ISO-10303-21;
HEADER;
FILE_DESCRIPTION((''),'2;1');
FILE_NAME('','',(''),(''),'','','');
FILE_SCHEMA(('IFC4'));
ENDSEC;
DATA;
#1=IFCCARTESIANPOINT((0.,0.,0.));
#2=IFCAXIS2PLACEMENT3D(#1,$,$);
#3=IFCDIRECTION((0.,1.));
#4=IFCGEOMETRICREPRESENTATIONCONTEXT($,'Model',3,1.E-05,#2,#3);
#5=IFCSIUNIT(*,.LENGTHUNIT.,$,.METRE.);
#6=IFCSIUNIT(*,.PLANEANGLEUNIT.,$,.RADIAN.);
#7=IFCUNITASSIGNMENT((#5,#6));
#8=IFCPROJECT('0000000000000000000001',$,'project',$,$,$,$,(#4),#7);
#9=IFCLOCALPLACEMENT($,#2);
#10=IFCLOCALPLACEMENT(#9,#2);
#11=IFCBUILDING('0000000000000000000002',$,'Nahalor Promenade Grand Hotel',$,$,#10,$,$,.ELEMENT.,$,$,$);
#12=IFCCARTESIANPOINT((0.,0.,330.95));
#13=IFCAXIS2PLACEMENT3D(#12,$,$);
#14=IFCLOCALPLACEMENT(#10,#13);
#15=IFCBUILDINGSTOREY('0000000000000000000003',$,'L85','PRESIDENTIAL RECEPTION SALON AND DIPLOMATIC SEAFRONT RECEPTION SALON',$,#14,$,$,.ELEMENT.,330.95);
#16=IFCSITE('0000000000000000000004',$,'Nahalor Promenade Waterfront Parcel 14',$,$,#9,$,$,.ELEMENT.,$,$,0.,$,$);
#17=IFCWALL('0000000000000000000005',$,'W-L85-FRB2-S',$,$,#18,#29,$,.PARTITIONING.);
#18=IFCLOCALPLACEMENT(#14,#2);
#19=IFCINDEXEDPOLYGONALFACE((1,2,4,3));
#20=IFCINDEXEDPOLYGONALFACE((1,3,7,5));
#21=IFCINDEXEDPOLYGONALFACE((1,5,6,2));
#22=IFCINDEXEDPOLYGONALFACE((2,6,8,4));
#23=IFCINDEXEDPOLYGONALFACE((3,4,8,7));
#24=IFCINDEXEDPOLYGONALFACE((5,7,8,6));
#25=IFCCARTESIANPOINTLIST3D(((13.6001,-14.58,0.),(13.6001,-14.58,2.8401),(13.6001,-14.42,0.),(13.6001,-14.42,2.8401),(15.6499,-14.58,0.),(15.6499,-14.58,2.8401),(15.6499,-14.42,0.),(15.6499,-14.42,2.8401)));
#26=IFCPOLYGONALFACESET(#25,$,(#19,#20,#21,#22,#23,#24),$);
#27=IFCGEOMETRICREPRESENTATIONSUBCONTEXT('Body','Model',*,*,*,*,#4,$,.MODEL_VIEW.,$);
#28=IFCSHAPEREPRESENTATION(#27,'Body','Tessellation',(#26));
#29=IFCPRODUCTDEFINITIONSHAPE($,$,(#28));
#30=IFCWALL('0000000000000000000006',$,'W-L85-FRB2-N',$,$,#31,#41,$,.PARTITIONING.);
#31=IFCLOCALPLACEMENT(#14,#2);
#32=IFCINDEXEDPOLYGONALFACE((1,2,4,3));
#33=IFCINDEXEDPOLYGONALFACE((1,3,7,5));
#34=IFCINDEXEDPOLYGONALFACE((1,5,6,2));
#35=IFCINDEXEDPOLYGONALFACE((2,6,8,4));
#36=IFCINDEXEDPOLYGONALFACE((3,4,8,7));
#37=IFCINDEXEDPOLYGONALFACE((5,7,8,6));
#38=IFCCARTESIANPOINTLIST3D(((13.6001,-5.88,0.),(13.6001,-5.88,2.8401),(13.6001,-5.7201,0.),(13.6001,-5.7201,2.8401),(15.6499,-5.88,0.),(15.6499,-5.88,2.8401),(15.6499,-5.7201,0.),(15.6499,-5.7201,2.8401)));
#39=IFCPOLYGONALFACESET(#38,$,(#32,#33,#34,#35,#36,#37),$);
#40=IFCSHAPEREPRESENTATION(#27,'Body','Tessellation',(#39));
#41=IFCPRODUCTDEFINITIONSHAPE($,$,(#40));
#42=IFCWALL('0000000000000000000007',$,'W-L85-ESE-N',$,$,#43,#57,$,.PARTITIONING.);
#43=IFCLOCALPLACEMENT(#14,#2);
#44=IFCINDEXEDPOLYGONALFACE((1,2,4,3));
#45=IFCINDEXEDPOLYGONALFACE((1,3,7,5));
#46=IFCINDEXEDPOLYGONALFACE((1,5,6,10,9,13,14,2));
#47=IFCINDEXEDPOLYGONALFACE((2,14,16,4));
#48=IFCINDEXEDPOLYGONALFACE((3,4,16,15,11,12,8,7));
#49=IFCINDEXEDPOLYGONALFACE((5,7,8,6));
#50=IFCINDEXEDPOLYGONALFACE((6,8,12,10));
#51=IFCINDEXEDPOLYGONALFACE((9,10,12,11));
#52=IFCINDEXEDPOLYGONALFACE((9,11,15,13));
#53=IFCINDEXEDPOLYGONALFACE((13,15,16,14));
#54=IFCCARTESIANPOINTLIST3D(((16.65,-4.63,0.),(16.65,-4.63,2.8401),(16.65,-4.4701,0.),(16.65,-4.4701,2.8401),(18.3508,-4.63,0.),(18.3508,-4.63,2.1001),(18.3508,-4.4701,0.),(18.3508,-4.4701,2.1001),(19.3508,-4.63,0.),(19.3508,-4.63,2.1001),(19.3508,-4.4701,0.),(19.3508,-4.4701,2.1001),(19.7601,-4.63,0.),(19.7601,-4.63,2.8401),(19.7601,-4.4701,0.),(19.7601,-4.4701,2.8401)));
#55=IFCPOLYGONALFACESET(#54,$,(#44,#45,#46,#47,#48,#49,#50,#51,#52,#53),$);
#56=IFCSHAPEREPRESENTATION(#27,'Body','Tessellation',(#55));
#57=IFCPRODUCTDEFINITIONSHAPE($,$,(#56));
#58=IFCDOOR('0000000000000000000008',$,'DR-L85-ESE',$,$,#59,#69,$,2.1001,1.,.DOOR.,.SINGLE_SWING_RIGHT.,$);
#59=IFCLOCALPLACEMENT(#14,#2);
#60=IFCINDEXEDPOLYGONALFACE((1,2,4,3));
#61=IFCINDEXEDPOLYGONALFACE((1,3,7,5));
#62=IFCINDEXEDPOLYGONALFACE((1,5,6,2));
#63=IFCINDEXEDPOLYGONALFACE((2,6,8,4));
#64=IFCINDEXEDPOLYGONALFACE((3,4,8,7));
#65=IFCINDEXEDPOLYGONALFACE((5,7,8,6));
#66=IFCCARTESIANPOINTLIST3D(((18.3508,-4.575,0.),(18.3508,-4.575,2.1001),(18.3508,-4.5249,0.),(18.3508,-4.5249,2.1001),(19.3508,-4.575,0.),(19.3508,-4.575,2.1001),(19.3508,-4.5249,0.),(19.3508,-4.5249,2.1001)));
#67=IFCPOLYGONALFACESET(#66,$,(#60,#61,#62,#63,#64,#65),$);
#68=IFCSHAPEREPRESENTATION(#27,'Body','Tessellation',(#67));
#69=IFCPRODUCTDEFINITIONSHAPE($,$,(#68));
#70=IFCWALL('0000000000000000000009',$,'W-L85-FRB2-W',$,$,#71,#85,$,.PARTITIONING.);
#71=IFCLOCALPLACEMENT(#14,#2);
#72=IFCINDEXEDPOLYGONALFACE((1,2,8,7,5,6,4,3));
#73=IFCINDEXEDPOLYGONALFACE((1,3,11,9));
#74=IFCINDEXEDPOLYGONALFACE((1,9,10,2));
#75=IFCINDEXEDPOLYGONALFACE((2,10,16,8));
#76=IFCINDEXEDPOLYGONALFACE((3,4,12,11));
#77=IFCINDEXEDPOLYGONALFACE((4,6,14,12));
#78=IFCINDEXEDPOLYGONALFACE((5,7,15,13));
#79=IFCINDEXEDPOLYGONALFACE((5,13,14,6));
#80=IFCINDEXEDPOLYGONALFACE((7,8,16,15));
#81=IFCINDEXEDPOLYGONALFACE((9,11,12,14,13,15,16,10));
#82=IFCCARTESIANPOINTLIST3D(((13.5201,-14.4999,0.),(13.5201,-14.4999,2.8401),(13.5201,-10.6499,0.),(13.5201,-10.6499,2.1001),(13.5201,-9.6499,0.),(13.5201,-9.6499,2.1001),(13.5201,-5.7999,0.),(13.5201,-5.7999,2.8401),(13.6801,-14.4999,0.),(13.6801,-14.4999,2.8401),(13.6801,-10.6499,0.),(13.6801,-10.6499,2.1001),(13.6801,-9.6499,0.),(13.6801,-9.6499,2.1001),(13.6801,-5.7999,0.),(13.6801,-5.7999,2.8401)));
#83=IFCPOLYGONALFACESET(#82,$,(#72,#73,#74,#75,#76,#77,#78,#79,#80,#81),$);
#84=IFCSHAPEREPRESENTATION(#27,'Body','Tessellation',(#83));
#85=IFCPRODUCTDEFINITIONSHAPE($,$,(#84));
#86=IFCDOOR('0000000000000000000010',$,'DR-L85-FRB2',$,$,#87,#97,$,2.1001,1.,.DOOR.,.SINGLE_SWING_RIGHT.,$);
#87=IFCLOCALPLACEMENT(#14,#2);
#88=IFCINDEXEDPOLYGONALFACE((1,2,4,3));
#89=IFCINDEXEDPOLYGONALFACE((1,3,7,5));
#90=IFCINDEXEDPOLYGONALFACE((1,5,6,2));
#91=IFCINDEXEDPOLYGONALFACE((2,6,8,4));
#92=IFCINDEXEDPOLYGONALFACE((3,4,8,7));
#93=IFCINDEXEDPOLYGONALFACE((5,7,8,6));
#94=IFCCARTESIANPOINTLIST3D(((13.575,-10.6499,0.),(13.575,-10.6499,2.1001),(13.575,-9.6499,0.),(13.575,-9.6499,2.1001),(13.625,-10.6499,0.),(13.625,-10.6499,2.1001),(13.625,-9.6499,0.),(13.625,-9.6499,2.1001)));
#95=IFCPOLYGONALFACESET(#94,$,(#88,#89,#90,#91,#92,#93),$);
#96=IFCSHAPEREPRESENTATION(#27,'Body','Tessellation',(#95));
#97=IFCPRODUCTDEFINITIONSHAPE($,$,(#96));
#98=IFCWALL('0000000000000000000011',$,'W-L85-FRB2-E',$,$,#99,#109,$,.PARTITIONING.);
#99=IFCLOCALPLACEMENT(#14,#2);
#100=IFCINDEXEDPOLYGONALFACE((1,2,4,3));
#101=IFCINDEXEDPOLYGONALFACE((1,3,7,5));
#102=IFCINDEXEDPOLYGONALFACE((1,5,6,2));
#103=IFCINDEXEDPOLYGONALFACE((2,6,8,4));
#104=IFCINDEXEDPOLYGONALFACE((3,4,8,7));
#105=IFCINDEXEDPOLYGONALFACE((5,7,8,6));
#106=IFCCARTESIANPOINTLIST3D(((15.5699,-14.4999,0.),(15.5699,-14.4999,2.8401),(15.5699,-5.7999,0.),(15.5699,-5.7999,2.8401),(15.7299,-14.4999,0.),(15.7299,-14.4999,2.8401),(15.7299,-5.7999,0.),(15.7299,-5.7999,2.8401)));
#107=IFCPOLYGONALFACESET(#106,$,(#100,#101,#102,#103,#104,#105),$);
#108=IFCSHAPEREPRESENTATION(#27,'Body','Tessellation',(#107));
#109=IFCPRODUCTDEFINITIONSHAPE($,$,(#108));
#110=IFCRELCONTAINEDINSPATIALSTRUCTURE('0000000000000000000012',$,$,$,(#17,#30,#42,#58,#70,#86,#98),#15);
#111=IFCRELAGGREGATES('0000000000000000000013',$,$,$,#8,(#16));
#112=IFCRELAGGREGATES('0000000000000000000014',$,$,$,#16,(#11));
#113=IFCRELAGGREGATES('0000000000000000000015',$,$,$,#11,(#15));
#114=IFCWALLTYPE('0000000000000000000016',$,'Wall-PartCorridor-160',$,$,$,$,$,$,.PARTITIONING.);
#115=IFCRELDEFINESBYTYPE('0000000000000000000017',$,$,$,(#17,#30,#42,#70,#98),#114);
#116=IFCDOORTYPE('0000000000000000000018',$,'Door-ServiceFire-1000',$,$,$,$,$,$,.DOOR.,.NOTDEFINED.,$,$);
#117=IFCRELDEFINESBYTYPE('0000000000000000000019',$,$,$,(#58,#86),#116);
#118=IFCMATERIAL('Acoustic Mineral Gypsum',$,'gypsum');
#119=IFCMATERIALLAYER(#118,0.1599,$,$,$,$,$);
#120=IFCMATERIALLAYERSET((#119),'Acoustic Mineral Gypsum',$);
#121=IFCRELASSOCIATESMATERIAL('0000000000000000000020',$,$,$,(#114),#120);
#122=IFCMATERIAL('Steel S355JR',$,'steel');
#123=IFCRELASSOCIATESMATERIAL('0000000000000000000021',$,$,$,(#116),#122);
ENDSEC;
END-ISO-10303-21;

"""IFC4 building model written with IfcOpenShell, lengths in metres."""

from ifc_helpers import new_model, si_unit, direction, frame, frame_2d, origin, place, context, subcontext, project, spatial, rectangle, extrude, source, transform, mapped, material, layer, layer_set, type_object, element, fill, save


model = new_model("IFC4")

# Units and contexts
model_context = context("Model", 3, precision=1e-05, world=origin(), true_north=direction((0.0, 1.0)))
body_context = subcontext(model_context, "Body", "Model", "MODEL_VIEW")
ifc_project = project(units=[si_unit("LENGTHUNIT", "METRE"), si_unit("PLANEANGLEUNIT", "RADIAN")], contexts=[model_context])

# Site, building, storey
site_placement = place(None, origin())
site = spatial("IfcSite", under=ifc_project, at=site_placement, Name="Nahalor Promenade Waterfront Parcel 14", CompositionType="ELEMENT", RefElevation=0.0)
building_placement = place(site_placement, origin())
building = spatial("IfcBuilding", under=site, at=building_placement, Name="Nahalor Promenade Grand Hotel", CompositionType="ELEMENT")
storey_placement = place(building_placement, frame((0.0, 0.0, 330.95)))
storey = spatial("IfcBuildingStorey", under=building, at=storey_placement, Name="L85", Description="PRESIDENTIAL RECEPTION SALON AND DIPLOMATIC SEAFRONT RECEPTION SALON", CompositionType="ELEMENT", Elevation=330.95)

# Shared definitions
ifc_material_1 = material(Name="Steel S355JR", Category="steel")

# Walls
ifc_material_2 = material(Name="Acoustic Mineral Gypsum", Category="gypsum")
ifc_layer_1 = layer(ifc_material_2, 0.1599)
ifc_layer_set_1 = layer_set([ifc_layer_1], Name="Acoustic Mineral Gypsum")
wall_type_1 = type_object("IfcWallType", Name="Wall-PartCorridor-160", PredefinedType="PARTITIONING", material=ifc_layer_set_1)
shared_shape_1 = source(origin(), body_context, "Body", "SweptSolid", [
    extrude(rectangle(XDim=2.0498, YDim=0.1599, at=frame_2d((1.0249, 0.0))), origin(), (0.0, 0.0, 1.0), 2.8401),
])
for number, where, z_axis, x_axis, name in (
    (1, (13.6001, -14.5, 0.0), (0.0, 0.0, 1.0), (1.0, 0.0, 0.0), "W-L85-FRB2-S"),
    (2, (13.6001, -5.8, 0.0), (0.0, 0.0, 1.0), (1.0, 0.0, 0.0), "W-L85-FRB2-N"),
):
    element("IfcWall", number, at=place(storey_placement, frame(where, z_axis=z_axis, x_axis=x_axis)), inside=storey, type_object=wall_type_1, Name=name, PredefinedType="PARTITIONING", context=body_context, shape_type="MappedRepresentation", body=[
        mapped(shared_shape_1, transform((0.0, 0.0, 0.0), scale=1.0)),
    ])

# Walls, openings, doors
shared_shape_2 = source(origin(), body_context, "Body", "SweptSolid", [
    extrude(rectangle(XDim=3.1101, YDim=0.1599, at=frame_2d((1.5552, 0.0))), origin(), (0.0, 0.0, 1.0), 2.8401),
])
wall_1_placement = place(storey_placement, frame((16.6499, -4.55, 0.0), z_axis=(0.0, 0.0, 1.0), x_axis=(1.0, 0.0, 0.0)))
wall_1 = element("IfcWall", 3, at=wall_1_placement, inside=storey, type_object=wall_type_1, Name="W-L85-ESE-N", PredefinedType="PARTITIONING", context=body_context, shape_type="MappedRepresentation", body=[
    mapped(shared_shape_2, transform((0.0, 0.0, 0.0), scale=1.0)),
])
opening_1_placement = place(wall_1_placement, frame((1.7009, 0.0, 0.0)))
opening_1 = element("IfcOpeningElement", 4, at=opening_1_placement, cuts=wall_1, PredefinedType="OPENING", context=body_context, shape_type="SweptSolid", body=[
    extrude(rectangle(XDim=1.0, YDim=2.1001, at=frame_2d((0.5, 1.05))), frame((0.0, 0.0898, 0.0), z_axis=(0.0, -1.0, 0.0), x_axis=(1.0, 0.0, 0.0)), (0.0, 0.0, 1.0), 0.1799),
])
door_type = type_object("IfcDoorType", Name="Door-ServiceFire-1000", OperationType="NOTDEFINED", PredefinedType="DOOR", material=ifc_material_1)
shared_shape_3 = source(origin(), body_context, "Body", "SweptSolid", [
    extrude(rectangle(XDim=1.0, YDim=2.1001, at=frame_2d((0.5, 1.05))), frame((0.0, 0.0249, 0.0), z_axis=(0.0, -1.0, 0.0), x_axis=(1.0, 0.0, 0.0)), (0.0, 0.0, 1.0), 0.05),
])
door_1_placement = place(opening_1_placement, frame((1.0, 0.0, 0.0), z_axis=(0.0, 0.0, 1.0), x_axis=(-1.0, 0.0, 0.0)))
door_1 = element("IfcDoor", 5, at=door_1_placement, inside=storey, type_object=door_type, Name="DR-L85-ESE", OperationType="SINGLE_SWING_RIGHT", OverallHeight=2.1001, OverallWidth=1.0, PredefinedType="DOOR", context=body_context, shape_type="MappedRepresentation", body=[
    mapped(shared_shape_3, transform((0.0, 0.0, 0.0), scale=1.0)),
])
fill(opening_1, door_1)
shared_shape_4 = source(origin(), body_context, "Body", "SweptSolid", [
    extrude(rectangle(XDim=8.7, YDim=0.1599, at=frame_2d((4.3501, 0.0))), origin(), (0.0, 0.0, 1.0), 2.8401),
])
wall_2_placement = place(storey_placement, frame((13.6001, -14.5, 0.0), z_axis=(0.0, 0.0, 1.0), x_axis=(0.0, 1.0, 0.0)))
wall_2 = element("IfcWall", 6, at=wall_2_placement, inside=storey, type_object=wall_type_1, Name="W-L85-FRB2-W", PredefinedType="PARTITIONING", context=body_context, shape_type="MappedRepresentation", body=[
    mapped(shared_shape_4, transform((0.0, 0.0, 0.0), scale=1.0)),
])
opening_2_placement = place(wall_2_placement, frame((3.8501, 0.0, 0.0)))
opening_2 = element("IfcOpeningElement", 7, at=opening_2_placement, cuts=wall_2, PredefinedType="OPENING", context=body_context, shape_type="SweptSolid", body=[
    extrude(rectangle(XDim=1.0, YDim=2.1001, at=frame_2d((0.5, 1.05))), frame((0.0, 0.0898, 0.0), z_axis=(0.0, -1.0, 0.0), x_axis=(1.0, 0.0, 0.0)), (0.0, 0.0, 1.0), 0.1799),
])
door_2_placement = place(opening_2_placement, frame((1.0, 0.0, 0.0), z_axis=(0.0, 0.0, 1.0), x_axis=(-1.0, 0.0, 0.0)))
door_2 = element("IfcDoor", 8, at=door_2_placement, inside=storey, type_object=door_type, Name="DR-L85-FRB2", OperationType="SINGLE_SWING_RIGHT", OverallHeight=2.1001, OverallWidth=1.0, PredefinedType="DOOR", context=body_context, shape_type="MappedRepresentation", body=[
    mapped(shared_shape_3, transform((0.0, 0.0, 0.0), scale=1.0)),
])
fill(opening_2, door_2)

# Wall
wall_3_placement = place(storey_placement, frame((15.6499, -14.5, 0.0), z_axis=(0.0, 0.0, 1.0), x_axis=(0.0, 1.0, 0.0)))
element("IfcWall", 9, at=wall_3_placement, inside=storey, type_object=wall_type_1, Name="W-L85-FRB2-E", PredefinedType="PARTITIONING", context=body_context, shape_type="MappedRepresentation", body=[
    mapped(shared_shape_4, transform((0.0, 0.0, 0.0), scale=1.0)),
])

save(model, "model.ifc")
